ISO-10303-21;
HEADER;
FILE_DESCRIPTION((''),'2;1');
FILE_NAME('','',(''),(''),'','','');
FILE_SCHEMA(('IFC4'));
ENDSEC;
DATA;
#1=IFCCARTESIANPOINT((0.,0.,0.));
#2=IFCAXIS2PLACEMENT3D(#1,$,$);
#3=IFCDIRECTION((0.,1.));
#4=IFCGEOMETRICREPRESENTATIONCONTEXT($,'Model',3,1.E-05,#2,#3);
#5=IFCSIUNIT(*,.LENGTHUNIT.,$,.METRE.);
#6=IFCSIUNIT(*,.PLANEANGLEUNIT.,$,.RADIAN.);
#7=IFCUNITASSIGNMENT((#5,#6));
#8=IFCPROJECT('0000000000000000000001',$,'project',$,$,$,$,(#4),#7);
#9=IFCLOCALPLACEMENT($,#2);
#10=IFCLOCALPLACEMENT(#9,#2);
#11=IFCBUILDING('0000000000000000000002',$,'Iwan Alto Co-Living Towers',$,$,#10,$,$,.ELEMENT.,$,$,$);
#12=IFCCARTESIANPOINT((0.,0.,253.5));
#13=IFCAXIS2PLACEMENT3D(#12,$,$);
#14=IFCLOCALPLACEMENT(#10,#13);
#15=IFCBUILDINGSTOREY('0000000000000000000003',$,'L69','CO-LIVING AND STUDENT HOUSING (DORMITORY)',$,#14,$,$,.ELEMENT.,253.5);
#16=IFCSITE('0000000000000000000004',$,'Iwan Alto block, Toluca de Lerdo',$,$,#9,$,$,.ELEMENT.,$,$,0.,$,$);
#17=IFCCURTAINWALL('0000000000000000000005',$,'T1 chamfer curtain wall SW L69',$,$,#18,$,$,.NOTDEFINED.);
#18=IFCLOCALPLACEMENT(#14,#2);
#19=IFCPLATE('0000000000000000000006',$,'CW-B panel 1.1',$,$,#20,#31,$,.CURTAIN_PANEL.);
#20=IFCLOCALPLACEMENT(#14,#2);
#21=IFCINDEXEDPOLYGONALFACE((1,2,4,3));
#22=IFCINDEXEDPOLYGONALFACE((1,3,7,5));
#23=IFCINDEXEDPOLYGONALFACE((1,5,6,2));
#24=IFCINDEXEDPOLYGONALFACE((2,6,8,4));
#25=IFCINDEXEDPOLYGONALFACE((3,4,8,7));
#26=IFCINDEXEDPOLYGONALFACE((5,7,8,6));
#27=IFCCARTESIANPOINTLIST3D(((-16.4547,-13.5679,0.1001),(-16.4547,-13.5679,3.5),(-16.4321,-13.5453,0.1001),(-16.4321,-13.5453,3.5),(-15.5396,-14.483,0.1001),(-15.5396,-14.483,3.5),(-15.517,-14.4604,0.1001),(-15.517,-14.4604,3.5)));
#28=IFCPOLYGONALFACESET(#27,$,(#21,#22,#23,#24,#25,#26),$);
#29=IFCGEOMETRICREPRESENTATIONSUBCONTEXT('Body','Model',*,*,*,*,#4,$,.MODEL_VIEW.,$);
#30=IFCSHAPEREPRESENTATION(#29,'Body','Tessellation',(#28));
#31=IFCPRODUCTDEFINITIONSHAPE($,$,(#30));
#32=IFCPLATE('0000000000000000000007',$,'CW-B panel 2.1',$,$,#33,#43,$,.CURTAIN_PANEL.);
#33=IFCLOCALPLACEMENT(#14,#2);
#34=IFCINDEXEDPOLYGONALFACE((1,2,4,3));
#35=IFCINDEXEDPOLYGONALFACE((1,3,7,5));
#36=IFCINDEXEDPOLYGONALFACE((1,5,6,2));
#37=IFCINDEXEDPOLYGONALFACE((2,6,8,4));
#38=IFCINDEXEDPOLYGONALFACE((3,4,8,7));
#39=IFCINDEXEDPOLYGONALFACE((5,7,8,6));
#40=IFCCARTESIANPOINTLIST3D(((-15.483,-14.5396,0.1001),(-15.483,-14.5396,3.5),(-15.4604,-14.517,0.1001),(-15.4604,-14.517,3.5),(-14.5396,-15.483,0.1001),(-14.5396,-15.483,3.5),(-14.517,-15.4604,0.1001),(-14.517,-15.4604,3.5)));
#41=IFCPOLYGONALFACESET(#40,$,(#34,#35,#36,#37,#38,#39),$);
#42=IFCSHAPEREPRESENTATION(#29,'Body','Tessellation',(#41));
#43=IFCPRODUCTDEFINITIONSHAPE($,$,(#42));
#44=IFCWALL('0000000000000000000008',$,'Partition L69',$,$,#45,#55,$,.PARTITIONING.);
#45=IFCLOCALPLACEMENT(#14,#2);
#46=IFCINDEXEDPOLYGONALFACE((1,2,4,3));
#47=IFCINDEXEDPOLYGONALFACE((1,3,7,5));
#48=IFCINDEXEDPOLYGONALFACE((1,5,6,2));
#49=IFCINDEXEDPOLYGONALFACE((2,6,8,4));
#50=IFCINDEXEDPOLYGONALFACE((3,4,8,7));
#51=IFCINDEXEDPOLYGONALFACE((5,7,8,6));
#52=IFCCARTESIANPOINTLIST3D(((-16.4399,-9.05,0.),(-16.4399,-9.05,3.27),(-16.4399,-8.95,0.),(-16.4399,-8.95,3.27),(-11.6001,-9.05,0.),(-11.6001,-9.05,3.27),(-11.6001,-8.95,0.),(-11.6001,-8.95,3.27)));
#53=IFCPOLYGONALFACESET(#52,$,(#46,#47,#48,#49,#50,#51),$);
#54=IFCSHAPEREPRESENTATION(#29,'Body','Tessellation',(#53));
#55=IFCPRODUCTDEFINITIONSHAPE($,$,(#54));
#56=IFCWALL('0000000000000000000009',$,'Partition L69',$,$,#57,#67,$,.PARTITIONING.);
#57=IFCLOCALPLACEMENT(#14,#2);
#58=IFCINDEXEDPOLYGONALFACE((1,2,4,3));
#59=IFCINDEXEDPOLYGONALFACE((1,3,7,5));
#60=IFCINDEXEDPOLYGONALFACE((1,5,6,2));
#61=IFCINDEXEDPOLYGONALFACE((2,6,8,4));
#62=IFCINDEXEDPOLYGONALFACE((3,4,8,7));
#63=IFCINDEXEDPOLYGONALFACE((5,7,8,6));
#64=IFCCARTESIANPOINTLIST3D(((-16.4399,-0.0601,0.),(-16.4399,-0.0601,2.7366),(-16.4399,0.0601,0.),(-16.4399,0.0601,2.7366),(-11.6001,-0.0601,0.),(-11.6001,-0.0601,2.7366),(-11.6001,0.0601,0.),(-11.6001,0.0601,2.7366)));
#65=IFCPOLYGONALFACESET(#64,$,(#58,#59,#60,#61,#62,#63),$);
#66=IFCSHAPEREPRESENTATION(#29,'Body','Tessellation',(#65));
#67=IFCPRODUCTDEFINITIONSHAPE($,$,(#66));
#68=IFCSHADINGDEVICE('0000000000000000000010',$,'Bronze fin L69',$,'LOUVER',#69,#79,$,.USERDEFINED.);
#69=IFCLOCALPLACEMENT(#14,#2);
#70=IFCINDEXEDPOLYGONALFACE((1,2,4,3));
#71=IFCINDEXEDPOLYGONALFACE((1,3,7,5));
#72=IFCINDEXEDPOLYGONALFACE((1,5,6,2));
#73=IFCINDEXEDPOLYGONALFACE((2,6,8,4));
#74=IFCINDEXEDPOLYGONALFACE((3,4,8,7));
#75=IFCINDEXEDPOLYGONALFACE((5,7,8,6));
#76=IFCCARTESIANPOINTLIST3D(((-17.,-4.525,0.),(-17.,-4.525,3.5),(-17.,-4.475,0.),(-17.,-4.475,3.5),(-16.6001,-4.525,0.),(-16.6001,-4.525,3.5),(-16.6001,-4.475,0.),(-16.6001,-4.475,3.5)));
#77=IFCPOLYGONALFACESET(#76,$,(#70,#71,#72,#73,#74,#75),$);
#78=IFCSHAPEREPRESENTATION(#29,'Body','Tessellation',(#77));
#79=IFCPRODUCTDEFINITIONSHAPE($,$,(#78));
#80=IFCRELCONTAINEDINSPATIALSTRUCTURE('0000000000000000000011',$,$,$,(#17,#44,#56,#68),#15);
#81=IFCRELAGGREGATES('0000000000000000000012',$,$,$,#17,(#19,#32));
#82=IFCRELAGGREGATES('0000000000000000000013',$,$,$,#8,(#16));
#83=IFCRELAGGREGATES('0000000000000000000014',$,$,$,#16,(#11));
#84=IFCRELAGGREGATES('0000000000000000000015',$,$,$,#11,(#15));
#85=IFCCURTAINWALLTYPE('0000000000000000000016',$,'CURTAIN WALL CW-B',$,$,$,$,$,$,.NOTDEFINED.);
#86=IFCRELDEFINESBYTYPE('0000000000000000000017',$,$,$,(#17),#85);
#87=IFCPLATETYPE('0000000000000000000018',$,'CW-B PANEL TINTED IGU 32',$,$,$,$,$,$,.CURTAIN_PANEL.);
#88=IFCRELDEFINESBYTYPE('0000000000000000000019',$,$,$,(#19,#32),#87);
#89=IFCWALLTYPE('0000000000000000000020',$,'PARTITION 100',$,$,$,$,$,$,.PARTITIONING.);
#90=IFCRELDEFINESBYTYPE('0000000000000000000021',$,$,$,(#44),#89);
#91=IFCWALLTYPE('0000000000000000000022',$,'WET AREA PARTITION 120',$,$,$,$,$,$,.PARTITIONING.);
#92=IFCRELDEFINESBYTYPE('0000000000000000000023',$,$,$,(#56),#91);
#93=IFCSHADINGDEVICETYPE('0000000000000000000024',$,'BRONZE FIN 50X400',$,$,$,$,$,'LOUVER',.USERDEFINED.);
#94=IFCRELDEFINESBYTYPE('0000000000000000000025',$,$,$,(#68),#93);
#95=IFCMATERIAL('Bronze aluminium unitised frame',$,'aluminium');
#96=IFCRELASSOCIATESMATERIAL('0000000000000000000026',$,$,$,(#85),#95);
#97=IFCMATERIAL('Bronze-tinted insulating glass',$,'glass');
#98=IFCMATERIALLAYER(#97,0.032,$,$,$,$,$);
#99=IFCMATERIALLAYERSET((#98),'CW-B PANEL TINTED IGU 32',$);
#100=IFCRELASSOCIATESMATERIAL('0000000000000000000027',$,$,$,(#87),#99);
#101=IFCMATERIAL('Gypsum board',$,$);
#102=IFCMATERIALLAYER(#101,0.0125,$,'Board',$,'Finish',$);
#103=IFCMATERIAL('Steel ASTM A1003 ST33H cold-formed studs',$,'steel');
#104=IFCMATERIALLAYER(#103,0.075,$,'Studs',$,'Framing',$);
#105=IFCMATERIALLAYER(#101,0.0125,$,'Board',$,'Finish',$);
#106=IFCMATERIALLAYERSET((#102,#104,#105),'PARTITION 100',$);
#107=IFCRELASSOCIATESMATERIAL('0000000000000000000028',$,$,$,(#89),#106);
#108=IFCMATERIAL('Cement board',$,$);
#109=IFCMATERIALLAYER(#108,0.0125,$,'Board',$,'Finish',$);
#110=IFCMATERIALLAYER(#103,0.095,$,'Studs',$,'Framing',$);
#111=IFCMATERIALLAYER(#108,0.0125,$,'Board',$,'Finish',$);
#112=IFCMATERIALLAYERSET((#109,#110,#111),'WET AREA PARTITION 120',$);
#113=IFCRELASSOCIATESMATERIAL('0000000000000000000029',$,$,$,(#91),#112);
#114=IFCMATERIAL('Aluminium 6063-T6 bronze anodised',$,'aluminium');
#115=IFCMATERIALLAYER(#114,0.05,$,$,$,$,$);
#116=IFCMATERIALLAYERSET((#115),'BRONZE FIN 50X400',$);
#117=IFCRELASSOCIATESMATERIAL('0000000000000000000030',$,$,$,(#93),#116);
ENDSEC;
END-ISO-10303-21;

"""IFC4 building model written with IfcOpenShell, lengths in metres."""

from ifc_helpers import new_model, si_unit, direction, frame, frame_2d, origin, origin_2d, place, context, subcontext, project, spatial, rectangle, extrude, material, layer, layer_set, type_object, element, aggregate, save


model = new_model("IFC4")

# Units and contexts
model_context = context("Model", 3, precision=1e-05, world=origin(), true_north=direction((0.0, 1.0)))
body_context = subcontext(model_context, "Body", "Model", "MODEL_VIEW")
ifc_project = project(units=[si_unit("LENGTHUNIT", "METRE"), si_unit("PLANEANGLEUNIT", "RADIAN")], contexts=[model_context])

# Site, building, storey
site_placement = place(None, origin())
site = spatial("IfcSite", under=ifc_project, at=site_placement, Name="Iwan Alto block, Toluca de Lerdo", CompositionType="ELEMENT", RefElevation=0.0)
building_placement = place(site_placement, origin())
building = spatial("IfcBuilding", under=site, at=building_placement, Name="Iwan Alto Co-Living Towers", CompositionType="ELEMENT")
storey_placement = place(building_placement, frame((0.0, 0.0, 253.5)))
storey = spatial("IfcBuildingStorey", under=building, at=storey_placement, Name="L69", Description="CO-LIVING AND STUDENT HOUSING (DORMITORY)", CompositionType="ELEMENT", Elevation=253.5)

# Curtain wall
ifc_material_1 = material(Name="Bronze aluminium unitised frame", Category="aluminium")
curtain_wall_type_1 = type_object("IfcCurtainWallType", Name="CURTAIN WALL CW-B", PredefinedType="NOTDEFINED", material=ifc_material_1)
curtain_wall_1_placement = place(storey_placement, origin())
curtain_wall_1 = element("IfcCurtainWall", 1, at=curtain_wall_1_placement, inside=storey, type_object=curtain_wall_type_1, Name="T1 chamfer curtain wall SW L69", PredefinedType="NOTDEFINED")

# Plates
ifc_material_2 = material(Name="Bronze-tinted insulating glass", Category="glass")
ifc_layer_1 = layer(ifc_material_2, 0.032)
ifc_layer_set_1 = layer_set([ifc_layer_1], Name="CW-B PANEL TINTED IGU 32")
plate_type_1 = type_object("IfcPlateType", Name="CW-B PANEL TINTED IGU 32", PredefinedType="CURTAIN_PANEL", material=ifc_layer_set_1)
plate_1_placement = place(storey_placement, frame((-15.9858, -14.0142, 0.1001), z_axis=(0.0, 0.0, 1.0), x_axis=(0.707107, -0.707107, 0.0)))
plate_1 = element("IfcPlate", 2, at=plate_1_placement, type_object=plate_type_1, Name="CW-B panel 1.1", PredefinedType="CURTAIN_PANEL", context=body_context, shape_type="SweptSolid", body=[
    extrude(rectangle(XDim=1.2942, YDim=0.032, at=origin_2d()), origin(), (0.0, 0.0, 1.0), 3.3999),
])
plate_2_placement = place(storey_placement, frame((-15.0, -15.0, 0.1001), z_axis=(0.0, 0.0, 1.0), x_axis=(0.707107, -0.707107, 0.0)))
plate_2 = element("IfcPlate", 3, at=plate_2_placement, type_object=plate_type_1, Name="CW-B panel 2.1", PredefinedType="CURTAIN_PANEL", context=body_context, shape_type="SweptSolid", body=[
    extrude(rectangle(XDim=1.3342, YDim=0.032, at=origin_2d()), origin(), (0.0, 0.0, 1.0), 3.3999),
])
aggregate(curtain_wall_1, [plate_1, plate_2])

# Walls
ifc_material_3 = material(Name="Gypsum board")
ifc_layer_2 = layer(ifc_material_3, 0.0125, Name="Board", Category="Finish")
ifc_material_4 = material(Name="Steel ASTM A1003 ST33H cold-formed studs", Category="steel")
ifc_layer_3 = layer(ifc_material_4, 0.075, Name="Studs", Category="Framing")
ifc_layer_4 = layer(ifc_material_3, 0.0125, Name="Board", Category="Finish")
ifc_layer_set_2 = layer_set([ifc_layer_2, ifc_layer_3, ifc_layer_4], Name="PARTITION 100")
wall_type_1 = type_object("IfcWallType", Name="PARTITION 100", PredefinedType="PARTITIONING", material=ifc_layer_set_2)
wall_1_placement = place(storey_placement, frame((-16.4399, -9.0, 0.0), z_axis=(0.0, 0.0, 1.0), x_axis=(1.0, 0.0, 0.0)))
element("IfcWall", 4, at=wall_1_placement, inside=storey, type_object=wall_type_1, Name="Partition L69", PredefinedType="PARTITIONING", context=body_context, shape_type="SweptSolid", body=[
    extrude(rectangle(XDim=4.8398, YDim=0.1001, at=frame_2d((2.4199, 0.0))), origin(), (0.0, 0.0, 1.0), 3.27),
])
ifc_material_5 = material(Name="Cement board")
ifc_layer_5 = layer(ifc_material_5, 0.0125, Name="Board", Category="Finish")
ifc_layer_6 = layer(ifc_material_4, 0.095, Name="Studs", Category="Framing")
ifc_layer_7 = layer(ifc_material_5, 0.0125, Name="Board", Category="Finish")
ifc_layer_set_3 = layer_set([ifc_layer_5, ifc_layer_6, ifc_layer_7], Name="WET AREA PARTITION 120")
wall_type_2 = type_object("IfcWallType", Name="WET AREA PARTITION 120", PredefinedType="PARTITIONING", material=ifc_layer_set_3)
wall_2_placement = place(storey_placement, frame((-16.4399, 0.0, 0.0), z_axis=(0.0, 0.0, 1.0), x_axis=(1.0, 0.0, 0.0)))
element("IfcWall", 5, at=wall_2_placement, inside=storey, type_object=wall_type_2, Name="Partition L69", PredefinedType="PARTITIONING", context=body_context, shape_type="SweptSolid", body=[
    extrude(rectangle(XDim=4.8398, YDim=0.1201, at=frame_2d((2.4199, 0.0))), origin(), (0.0, 0.0, 1.0), 2.7366),
])

# Shading device
ifc_material_6 = material(Name="Aluminium 6063-T6 bronze anodised", Category="aluminium")
ifc_layer_8 = layer(ifc_material_6, 0.05)
ifc_layer_set_4 = layer_set([ifc_layer_8], Name="BRONZE FIN 50X400")
shading_device_type = type_object("IfcShadingDeviceType", Name="BRONZE FIN 50X400", ElementType="LOUVER", PredefinedType="USERDEFINED", material=ifc_layer_set_4)
shading_device_placement = place(storey_placement, frame((-16.8, -4.5, 0.0), z_axis=(0.0, 0.0, 1.0), x_axis=(0.0, -1.0, 0.0)))
element("IfcShadingDevice", 6, at=shading_device_placement, inside=storey, type_object=shading_device_type, Name="Bronze fin L69", ObjectType="LOUVER", PredefinedType="USERDEFINED", context=body_context, shape_type="SweptSolid", body=[
    extrude(rectangle(XDim=0.05, YDim=0.3999, at=origin_2d()), origin(), (0.0, 0.0, 1.0), 3.5),
])

save(model, "model.ifc")
